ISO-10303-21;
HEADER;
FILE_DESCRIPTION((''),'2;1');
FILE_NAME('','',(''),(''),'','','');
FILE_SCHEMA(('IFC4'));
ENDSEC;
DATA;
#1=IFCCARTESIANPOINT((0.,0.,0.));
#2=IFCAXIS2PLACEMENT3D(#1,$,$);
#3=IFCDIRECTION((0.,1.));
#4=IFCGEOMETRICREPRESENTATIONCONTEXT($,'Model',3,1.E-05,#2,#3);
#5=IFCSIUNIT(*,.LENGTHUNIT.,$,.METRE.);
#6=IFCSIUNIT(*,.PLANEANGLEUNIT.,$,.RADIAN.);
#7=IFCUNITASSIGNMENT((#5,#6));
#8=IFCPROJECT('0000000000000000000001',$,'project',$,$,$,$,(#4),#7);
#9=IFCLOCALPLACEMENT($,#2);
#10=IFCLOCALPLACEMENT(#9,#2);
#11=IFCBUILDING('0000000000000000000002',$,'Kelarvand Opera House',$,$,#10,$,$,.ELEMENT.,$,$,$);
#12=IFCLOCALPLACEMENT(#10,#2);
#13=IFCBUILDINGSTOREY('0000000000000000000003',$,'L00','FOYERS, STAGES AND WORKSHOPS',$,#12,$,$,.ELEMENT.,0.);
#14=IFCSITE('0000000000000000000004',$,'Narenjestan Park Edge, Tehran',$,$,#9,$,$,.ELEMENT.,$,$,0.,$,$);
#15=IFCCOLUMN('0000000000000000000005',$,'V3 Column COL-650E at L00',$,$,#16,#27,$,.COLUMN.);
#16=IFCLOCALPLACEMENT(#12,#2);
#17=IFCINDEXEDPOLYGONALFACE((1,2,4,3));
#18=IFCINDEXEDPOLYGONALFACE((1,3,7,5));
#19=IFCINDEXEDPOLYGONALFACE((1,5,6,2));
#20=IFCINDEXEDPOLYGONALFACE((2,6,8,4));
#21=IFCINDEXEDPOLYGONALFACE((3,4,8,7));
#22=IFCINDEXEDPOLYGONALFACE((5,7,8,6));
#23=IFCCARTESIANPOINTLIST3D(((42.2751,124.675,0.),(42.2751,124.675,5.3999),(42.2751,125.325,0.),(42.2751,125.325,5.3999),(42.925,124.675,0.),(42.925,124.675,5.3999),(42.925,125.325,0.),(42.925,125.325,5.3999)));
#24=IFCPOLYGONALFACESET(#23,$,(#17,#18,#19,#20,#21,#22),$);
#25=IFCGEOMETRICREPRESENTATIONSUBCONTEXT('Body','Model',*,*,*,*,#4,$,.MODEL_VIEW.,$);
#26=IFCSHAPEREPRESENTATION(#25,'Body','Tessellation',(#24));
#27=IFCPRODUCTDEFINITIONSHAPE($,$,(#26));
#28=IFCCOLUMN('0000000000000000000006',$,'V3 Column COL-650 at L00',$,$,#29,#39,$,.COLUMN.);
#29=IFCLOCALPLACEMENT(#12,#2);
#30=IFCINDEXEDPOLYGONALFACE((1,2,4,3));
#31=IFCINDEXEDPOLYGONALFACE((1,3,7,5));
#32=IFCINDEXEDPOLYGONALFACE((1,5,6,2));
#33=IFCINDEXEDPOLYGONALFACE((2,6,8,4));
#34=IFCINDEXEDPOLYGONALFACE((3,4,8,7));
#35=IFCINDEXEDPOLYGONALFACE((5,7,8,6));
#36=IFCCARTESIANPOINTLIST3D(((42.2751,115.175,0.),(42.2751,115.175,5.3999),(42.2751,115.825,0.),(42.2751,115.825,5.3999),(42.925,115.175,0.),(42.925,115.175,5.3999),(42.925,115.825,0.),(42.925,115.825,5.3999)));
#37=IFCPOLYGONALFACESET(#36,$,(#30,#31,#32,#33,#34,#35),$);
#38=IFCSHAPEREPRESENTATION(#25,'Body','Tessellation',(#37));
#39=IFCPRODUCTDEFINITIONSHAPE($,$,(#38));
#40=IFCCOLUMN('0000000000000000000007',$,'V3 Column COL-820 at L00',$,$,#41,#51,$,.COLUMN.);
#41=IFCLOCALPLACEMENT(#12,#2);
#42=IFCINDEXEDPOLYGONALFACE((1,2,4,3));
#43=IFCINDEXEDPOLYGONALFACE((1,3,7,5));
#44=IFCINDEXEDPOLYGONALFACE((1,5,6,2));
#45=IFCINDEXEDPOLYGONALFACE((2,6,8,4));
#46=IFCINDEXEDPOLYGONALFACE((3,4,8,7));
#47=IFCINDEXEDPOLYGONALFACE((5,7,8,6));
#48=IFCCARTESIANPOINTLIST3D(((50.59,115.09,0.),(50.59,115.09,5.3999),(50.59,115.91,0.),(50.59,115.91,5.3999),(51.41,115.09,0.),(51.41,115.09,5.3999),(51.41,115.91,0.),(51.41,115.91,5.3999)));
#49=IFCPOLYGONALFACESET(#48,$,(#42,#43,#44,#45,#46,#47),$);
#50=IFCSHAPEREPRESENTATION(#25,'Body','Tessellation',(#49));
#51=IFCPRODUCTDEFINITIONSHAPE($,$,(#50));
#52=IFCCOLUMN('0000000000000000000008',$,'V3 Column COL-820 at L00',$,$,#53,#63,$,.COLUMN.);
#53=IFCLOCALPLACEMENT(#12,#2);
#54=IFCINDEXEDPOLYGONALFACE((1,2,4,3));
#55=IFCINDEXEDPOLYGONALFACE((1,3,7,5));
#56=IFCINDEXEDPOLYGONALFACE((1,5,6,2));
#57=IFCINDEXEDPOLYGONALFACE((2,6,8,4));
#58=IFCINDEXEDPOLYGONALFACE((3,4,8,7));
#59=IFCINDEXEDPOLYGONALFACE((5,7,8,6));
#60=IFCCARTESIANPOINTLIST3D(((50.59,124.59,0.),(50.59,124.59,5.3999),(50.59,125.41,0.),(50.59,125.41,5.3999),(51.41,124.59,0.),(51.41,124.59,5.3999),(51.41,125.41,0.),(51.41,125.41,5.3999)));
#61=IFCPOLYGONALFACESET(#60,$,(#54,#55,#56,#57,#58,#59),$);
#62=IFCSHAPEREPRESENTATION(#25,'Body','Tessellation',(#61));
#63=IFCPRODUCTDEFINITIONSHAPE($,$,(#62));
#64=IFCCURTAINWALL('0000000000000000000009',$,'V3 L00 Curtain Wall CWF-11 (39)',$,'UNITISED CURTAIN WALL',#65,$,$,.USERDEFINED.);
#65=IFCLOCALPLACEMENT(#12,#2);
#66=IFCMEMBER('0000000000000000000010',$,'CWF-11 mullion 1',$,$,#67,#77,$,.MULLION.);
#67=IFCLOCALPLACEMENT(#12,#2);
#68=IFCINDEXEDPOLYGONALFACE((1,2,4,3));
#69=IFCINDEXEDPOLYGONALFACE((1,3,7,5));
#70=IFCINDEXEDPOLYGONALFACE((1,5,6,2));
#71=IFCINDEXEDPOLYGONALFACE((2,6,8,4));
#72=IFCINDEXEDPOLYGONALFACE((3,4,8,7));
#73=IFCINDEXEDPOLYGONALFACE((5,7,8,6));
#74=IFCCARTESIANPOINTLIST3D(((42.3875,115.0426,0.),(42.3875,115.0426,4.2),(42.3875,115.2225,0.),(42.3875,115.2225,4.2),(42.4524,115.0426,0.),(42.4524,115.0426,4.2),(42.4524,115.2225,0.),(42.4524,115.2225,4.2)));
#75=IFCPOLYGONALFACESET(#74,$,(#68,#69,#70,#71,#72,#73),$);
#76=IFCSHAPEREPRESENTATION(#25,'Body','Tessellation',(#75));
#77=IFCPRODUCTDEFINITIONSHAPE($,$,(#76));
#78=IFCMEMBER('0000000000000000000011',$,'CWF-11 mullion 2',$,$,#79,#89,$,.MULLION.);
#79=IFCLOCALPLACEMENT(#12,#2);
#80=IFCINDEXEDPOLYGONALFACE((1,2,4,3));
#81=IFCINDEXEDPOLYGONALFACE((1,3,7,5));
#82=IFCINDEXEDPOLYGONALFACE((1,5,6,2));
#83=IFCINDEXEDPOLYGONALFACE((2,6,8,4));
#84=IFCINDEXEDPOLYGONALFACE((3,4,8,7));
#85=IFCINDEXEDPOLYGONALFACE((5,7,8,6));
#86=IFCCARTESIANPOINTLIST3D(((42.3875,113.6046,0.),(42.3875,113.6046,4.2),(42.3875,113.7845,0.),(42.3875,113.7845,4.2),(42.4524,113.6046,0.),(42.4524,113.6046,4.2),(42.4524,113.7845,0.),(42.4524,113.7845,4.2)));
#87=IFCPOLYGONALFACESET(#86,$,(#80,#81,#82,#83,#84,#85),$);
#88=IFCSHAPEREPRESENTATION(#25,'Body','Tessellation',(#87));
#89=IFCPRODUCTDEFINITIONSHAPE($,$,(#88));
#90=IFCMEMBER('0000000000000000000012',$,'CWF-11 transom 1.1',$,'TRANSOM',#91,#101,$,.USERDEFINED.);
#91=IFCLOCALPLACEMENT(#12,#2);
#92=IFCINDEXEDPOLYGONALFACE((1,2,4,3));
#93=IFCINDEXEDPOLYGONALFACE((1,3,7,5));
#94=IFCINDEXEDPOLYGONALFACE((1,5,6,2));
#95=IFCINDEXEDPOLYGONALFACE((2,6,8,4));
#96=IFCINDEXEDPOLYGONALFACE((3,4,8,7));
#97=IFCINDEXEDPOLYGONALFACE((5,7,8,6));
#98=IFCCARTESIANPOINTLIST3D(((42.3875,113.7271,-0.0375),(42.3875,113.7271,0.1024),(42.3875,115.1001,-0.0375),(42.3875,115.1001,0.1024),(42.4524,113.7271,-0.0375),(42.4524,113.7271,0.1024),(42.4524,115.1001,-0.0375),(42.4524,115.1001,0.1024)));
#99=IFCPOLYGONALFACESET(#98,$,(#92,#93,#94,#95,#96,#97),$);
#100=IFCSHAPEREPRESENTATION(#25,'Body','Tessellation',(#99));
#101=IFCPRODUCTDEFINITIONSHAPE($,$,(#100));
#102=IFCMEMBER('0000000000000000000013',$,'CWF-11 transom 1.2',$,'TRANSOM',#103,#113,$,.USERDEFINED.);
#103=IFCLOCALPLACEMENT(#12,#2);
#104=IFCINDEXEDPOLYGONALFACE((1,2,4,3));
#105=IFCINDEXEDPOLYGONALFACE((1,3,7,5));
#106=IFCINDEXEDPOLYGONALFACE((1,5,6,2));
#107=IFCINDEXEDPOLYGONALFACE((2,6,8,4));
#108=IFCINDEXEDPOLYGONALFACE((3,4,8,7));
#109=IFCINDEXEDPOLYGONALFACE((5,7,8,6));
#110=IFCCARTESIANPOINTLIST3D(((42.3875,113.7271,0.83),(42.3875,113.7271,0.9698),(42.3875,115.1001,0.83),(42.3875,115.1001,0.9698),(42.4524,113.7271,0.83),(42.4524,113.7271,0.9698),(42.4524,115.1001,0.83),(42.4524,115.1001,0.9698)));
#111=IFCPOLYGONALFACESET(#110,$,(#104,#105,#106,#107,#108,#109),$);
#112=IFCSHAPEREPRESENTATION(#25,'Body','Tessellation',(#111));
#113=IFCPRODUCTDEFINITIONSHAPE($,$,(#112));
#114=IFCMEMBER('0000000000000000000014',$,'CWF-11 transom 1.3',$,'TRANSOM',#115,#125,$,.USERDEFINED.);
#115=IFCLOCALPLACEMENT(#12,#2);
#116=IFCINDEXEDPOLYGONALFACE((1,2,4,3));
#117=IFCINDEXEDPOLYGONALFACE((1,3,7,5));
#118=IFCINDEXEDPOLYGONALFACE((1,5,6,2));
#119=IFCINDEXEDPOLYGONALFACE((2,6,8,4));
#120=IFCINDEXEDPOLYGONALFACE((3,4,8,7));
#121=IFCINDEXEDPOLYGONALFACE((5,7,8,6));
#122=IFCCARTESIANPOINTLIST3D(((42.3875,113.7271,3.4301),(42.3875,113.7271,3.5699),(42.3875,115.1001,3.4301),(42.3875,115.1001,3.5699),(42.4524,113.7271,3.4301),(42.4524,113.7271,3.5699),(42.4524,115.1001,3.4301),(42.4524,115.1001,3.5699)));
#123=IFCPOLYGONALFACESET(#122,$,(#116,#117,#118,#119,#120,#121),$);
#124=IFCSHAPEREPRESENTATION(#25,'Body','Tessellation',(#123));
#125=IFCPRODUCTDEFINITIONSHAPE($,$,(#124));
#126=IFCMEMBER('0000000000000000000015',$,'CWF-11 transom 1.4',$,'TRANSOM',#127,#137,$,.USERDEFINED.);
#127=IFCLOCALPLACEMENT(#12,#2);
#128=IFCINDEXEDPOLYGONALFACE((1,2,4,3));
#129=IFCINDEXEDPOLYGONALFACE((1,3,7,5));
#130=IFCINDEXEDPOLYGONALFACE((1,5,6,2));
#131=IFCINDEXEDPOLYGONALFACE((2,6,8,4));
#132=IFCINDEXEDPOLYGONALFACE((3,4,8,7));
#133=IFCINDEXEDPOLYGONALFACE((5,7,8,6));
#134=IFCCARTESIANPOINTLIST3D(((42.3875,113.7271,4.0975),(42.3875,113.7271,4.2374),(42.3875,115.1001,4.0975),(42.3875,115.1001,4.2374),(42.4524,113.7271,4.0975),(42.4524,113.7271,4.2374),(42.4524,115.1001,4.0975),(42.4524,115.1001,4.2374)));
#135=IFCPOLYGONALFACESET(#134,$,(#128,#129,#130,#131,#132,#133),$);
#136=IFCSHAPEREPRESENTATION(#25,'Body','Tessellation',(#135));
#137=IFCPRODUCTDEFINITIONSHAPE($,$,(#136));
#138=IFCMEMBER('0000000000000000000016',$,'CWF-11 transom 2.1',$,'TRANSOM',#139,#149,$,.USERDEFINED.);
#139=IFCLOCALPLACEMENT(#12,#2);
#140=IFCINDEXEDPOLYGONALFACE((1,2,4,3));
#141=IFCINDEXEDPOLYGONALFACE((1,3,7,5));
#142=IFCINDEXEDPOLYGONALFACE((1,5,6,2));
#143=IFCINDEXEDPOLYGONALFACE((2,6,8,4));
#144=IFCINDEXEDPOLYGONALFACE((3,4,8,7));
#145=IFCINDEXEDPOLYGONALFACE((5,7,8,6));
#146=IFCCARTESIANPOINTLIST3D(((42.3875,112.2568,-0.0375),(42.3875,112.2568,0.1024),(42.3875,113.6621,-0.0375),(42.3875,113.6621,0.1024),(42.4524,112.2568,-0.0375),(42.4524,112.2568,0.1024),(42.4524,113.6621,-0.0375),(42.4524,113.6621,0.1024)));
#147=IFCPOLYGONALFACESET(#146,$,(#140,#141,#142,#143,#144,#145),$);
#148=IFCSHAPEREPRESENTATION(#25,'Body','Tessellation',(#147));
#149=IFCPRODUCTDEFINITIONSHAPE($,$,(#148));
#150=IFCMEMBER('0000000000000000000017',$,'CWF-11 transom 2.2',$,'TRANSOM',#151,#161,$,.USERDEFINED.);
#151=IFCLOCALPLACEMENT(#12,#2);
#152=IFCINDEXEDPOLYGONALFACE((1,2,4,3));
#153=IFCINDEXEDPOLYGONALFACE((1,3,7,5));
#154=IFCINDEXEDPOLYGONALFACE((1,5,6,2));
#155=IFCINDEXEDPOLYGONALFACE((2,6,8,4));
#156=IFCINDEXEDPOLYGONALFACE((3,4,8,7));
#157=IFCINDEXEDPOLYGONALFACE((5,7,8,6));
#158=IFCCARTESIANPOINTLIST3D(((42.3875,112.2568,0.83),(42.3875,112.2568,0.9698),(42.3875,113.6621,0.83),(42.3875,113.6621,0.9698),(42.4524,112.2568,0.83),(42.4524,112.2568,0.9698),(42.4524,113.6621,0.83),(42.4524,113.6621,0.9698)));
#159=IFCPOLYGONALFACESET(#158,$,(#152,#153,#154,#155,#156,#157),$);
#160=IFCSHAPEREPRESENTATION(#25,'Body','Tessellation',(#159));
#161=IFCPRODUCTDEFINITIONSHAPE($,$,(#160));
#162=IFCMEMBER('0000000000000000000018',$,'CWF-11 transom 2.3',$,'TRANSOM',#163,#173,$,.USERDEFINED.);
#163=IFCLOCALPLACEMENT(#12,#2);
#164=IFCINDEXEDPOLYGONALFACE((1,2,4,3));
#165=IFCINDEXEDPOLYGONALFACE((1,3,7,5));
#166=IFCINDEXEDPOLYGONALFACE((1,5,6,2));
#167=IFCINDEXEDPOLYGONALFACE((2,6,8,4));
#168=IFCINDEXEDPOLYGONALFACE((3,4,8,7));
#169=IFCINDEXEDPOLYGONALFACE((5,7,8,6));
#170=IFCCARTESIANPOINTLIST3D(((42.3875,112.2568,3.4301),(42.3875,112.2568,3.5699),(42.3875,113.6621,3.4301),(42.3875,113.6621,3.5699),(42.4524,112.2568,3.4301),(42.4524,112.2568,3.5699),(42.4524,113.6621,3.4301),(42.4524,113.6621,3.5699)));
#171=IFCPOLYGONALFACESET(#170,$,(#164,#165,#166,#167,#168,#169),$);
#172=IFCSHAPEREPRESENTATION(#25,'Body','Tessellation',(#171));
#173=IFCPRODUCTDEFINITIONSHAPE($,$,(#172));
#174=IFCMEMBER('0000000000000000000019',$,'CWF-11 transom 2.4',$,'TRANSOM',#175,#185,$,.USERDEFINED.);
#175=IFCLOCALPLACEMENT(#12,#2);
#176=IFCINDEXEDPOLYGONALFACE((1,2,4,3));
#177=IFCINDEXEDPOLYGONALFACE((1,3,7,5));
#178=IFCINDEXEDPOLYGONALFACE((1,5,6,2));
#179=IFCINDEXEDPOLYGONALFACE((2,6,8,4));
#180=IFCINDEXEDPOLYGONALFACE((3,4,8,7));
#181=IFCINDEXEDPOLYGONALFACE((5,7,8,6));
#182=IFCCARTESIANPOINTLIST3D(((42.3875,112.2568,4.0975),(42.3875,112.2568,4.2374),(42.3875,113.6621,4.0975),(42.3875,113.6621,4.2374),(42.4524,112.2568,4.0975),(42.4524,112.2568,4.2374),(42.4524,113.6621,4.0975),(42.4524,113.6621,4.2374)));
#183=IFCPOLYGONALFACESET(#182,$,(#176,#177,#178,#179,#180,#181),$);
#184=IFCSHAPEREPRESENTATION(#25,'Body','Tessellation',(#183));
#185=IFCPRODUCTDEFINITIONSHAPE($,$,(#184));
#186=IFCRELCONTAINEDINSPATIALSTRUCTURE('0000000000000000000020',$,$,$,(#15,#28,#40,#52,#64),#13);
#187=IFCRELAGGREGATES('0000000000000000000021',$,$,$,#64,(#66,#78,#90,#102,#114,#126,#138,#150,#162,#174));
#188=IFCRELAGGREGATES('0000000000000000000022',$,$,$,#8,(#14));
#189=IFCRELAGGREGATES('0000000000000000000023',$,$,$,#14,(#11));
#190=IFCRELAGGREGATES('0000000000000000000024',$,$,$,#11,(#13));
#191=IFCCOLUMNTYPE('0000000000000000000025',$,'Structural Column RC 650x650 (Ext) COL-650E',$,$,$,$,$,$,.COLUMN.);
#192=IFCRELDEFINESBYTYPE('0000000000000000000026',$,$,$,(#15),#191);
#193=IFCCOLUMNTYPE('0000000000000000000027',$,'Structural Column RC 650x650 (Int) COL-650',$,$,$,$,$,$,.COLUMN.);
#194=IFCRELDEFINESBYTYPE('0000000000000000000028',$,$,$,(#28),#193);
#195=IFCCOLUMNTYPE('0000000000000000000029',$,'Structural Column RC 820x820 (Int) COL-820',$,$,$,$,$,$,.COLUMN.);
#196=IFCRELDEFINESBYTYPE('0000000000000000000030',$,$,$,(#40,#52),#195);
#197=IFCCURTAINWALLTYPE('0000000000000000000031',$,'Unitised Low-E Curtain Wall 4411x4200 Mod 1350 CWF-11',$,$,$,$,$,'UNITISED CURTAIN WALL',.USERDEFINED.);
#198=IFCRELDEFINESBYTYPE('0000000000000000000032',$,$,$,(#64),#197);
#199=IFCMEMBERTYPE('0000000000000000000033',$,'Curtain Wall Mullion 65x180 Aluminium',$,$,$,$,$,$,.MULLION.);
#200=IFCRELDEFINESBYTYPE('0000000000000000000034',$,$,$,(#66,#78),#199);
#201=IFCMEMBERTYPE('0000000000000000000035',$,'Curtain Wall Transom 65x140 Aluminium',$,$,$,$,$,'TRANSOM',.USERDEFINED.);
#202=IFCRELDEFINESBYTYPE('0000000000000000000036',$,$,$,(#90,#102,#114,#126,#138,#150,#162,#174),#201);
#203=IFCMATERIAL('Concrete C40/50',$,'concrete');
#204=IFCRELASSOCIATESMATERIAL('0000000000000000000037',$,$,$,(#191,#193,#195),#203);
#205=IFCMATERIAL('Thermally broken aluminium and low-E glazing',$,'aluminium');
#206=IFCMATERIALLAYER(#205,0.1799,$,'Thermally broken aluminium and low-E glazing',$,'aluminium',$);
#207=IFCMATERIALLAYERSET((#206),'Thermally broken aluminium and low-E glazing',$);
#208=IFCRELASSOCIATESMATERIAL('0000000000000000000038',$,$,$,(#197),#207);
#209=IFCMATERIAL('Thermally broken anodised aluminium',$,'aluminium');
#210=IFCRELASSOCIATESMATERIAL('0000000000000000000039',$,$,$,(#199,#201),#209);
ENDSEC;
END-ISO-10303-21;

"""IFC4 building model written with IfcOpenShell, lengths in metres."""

from ifc_helpers import new_model, si_unit, direction, frame, origin, origin_2d, place, context, subcontext, project, spatial, rectangle, extrude, material, layer, layer_set, material_profile, profile_set, type_object, element, aggregate, save


model = new_model("IFC4")

# Units and contexts
model_context = context("Model", 3, precision=1e-05, world=origin(), true_north=direction((0.0, 1.0)))
body_context = subcontext(model_context, "Body", "Model", "MODEL_VIEW")
ifc_project = project(units=[si_unit("LENGTHUNIT", "METRE"), si_unit("PLANEANGLEUNIT", "RADIAN")], contexts=[model_context])

# Site, building, storey
site_placement = place(None, origin())
site = spatial("IfcSite", under=ifc_project, at=site_placement, Name="Narenjestan Park Edge, Tehran", CompositionType="ELEMENT", RefElevation=0.0)
building_placement = place(site_placement, origin())
building = spatial("IfcBuilding", under=site, at=building_placement, Name="Kelarvand Opera House", CompositionType="ELEMENT")
storey_placement = place(building_placement, origin())
storey = spatial("IfcBuildingStorey", under=building, at=storey_placement, Name="L00", Description="FOYERS, STAGES AND WORKSHOPS", CompositionType="ELEMENT", Elevation=0.0)

# Columns
ifc_material_1 = material(Name="Concrete C40/50", Category="concrete")
ifc_material_profile_1 = material_profile(ifc_material_1, rectangle(XDim=0.6499, YDim=0.6499, at=origin_2d()), Name="RC 650x650", Category="concrete")
ifc_profile_set_1 = profile_set([ifc_material_profile_1], Name="Concrete C40/50")
column_type_1 = type_object("IfcColumnType", Name="Structural Column RC 650x650 (Ext) COL-650E", PredefinedType="COLUMN", material=ifc_profile_set_1)
column_1_placement = place(storey_placement, frame((42.6001, 125.0, 0.0), z_axis=(0.0, 0.0, 1.0), x_axis=(1.0, 0.0, 0.0)))
element("IfcColumn", 1, at=column_1_placement, inside=storey, type_object=column_type_1, Name="V3 Column COL-650E at L00", PredefinedType="COLUMN", context=body_context, shape_type="SweptSolid", body=[
    extrude(rectangle(XDim=0.6499, YDim=0.6499, at=origin_2d()), origin(), (0.0, 0.0, 1.0), 5.3999),
])
ifc_material_profile_2 = material_profile(ifc_material_1, rectangle(XDim=0.6499, YDim=0.6499, at=origin_2d()), Name="RC 650x650", Category="concrete")
ifc_profile_set_2 = profile_set([ifc_material_profile_2], Name="Concrete C40/50")
column_type_2 = type_object("IfcColumnType", Name="Structural Column RC 650x650 (Int) COL-650", PredefinedType="COLUMN", material=ifc_profile_set_2)
column_2_placement = place(storey_placement, frame((42.6001, 115.5, 0.0), z_axis=(0.0, 0.0, 1.0), x_axis=(1.0, 0.0, 0.0)))
element("IfcColumn", 2, at=column_2_placement, inside=storey, type_object=column_type_2, Name="V3 Column COL-650 at L00", PredefinedType="COLUMN", context=body_context, shape_type="SweptSolid", body=[
    extrude(rectangle(XDim=0.6499, YDim=0.6499, at=origin_2d()), origin(), (0.0, 0.0, 1.0), 5.3999),
])
ifc_material_profile_3 = material_profile(ifc_material_1, rectangle(XDim=0.8201, YDim=0.8201, at=origin_2d()), Name="RC 820x820", Category="concrete")
ifc_profile_set_3 = profile_set([ifc_material_profile_3], Name="Concrete C40/50")
column_type_3 = type_object("IfcColumnType", Name="Structural Column RC 820x820 (Int) COL-820", PredefinedType="COLUMN", material=ifc_profile_set_3)
for number, where, z_axis, x_axis, name in (
    (3, (51.0, 115.5, 0.0), (0.0, 0.0, 1.0), (1.0, 0.0, 0.0), "V3 Column COL-820 at L00"),
    (4, (51.0, 125.0, 0.0), (0.0, 0.0, 1.0), (1.0, 0.0, 0.0), "V3 Column COL-820 at L00"),
):
    element("IfcColumn", number, at=place(storey_placement, frame(where, z_axis=z_axis, x_axis=x_axis)), inside=storey, type_object=column_type_3, Name=name, PredefinedType="COLUMN", context=body_context, shape_type="SweptSolid", body=[
        extrude(rectangle(XDim=0.8201, YDim=0.8201, at=origin_2d()), origin(), (0.0, 0.0, 1.0), 5.3999),
    ])

# Curtain wall, members
ifc_material_2 = material(Name="Thermally broken aluminium and low-E glazing", Category="aluminium")
ifc_layer_1 = layer(ifc_material_2, 0.1799, Name="Thermally broken aluminium and low-E glazing", Category="aluminium")
ifc_layer_set_1 = layer_set([ifc_layer_1], Name="Thermally broken aluminium and low-E glazing")
curtain_wall_type = type_object("IfcCurtainWallType", Name="Unitised Low-E Curtain Wall 4411x4200 Mod 1350 CWF-11", ElementType="UNITISED CURTAIN WALL", PredefinedType="USERDEFINED", material=ifc_layer_set_1)
curtain_wall_placement = place(storey_placement, origin())
curtain_wall = element("IfcCurtainWall", 5, at=curtain_wall_placement, inside=storey, type_object=curtain_wall_type, Name="V3 L00 Curtain Wall CWF-11 (39)", ObjectType="UNITISED CURTAIN WALL", PredefinedType="USERDEFINED")
ifc_material_3 = material(Name="Thermally broken anodised aluminium", Category="aluminium")
ifc_material_profile_4 = material_profile(ifc_material_3, rectangle(XDim=0.0649, YDim=0.1799, at=origin_2d()), Name="ALU MULLION 65x180", Category="aluminium")
ifc_profile_set_4 = profile_set([ifc_material_profile_4], Name="Thermally broken anodised aluminium")
member_type_1 = type_object("IfcMemberType", Name="Curtain Wall Mullion 65x180 Aluminium", PredefinedType="MULLION", material=ifc_profile_set_4)
member_1_placement = place(storey_placement, frame((42.4199, 115.1326, 0.0), z_axis=(0.0, 0.0, 1.0), x_axis=(1.0, 0.0, 0.0)))
member_1 = element("IfcMember", 6, at=member_1_placement, type_object=member_type_1, Name="CWF-11 mullion 1", PredefinedType="MULLION", context=body_context, shape_type="SweptSolid", body=[
    extrude(rectangle(XDim=0.0649, YDim=0.1799, at=origin_2d()), origin(), (0.0, 0.0, 1.0), 4.2),
])
member_2_placement = place(storey_placement, frame((42.4199, 113.6946, 0.0), z_axis=(0.0, 0.0, 1.0), x_axis=(1.0, 0.0, 0.0)))
member_2 = element("IfcMember", 7, at=member_2_placement, type_object=member_type_1, Name="CWF-11 mullion 2", PredefinedType="MULLION", context=body_context, shape_type="SweptSolid", body=[
    extrude(rectangle(XDim=0.0649, YDim=0.1799, at=origin_2d()), origin(), (0.0, 0.0, 1.0), 4.2),
])
ifc_material_profile_5 = material_profile(ifc_material_3, rectangle(XDim=0.0649, YDim=0.1399, at=origin_2d()), Name="ALU TRANSOM 65x140", Category="aluminium")
ifc_profile_set_5 = profile_set([ifc_material_profile_5], Name="Thermally broken anodised aluminium")
member_type_2 = type_object("IfcMemberType", Name="Curtain Wall Transom 65x140 Aluminium", ElementType="TRANSOM", PredefinedType="USERDEFINED", material=ifc_profile_set_5)
member_3_placement = place(storey_placement, frame((42.4199, 115.1001, 0.0325), z_axis=(0.0, -1.0, 0.0), x_axis=(1.0, 0.0, 0.0)))
member_3 = element("IfcMember", 8, at=member_3_placement, type_object=member_type_2, Name="CWF-11 transom 1.1", ObjectType="TRANSOM", PredefinedType="USERDEFINED", context=body_context, shape_type="SweptSolid", body=[
    extrude(rectangle(XDim=0.0649, YDim=0.1399, at=origin_2d()), origin(), (0.0, 0.0, 1.0), 1.373),
])
member_4_placement = place(storey_placement, frame((42.4199, 115.1001, 0.8999), z_axis=(0.0, -1.0, 0.0), x_axis=(1.0, 0.0, 0.0)))
member_4 = element("IfcMember", 9, at=member_4_placement, type_object=member_type_2, Name="CWF-11 transom 1.2", ObjectType="TRANSOM", PredefinedType="USERDEFINED", context=body_context, shape_type="SweptSolid", body=[
    extrude(rectangle(XDim=0.0649, YDim=0.1399, at=origin_2d()), origin(), (0.0, 0.0, 1.0), 1.373),
])
member_5_placement = place(storey_placement, frame((42.4199, 115.1001, 3.5), z_axis=(0.0, -1.0, 0.0), x_axis=(1.0, 0.0, 0.0)))
member_5 = element("IfcMember", 10, at=member_5_placement, type_object=member_type_2, Name="CWF-11 transom 1.3", ObjectType="TRANSOM", PredefinedType="USERDEFINED", context=body_context, shape_type="SweptSolid", body=[
    extrude(rectangle(XDim=0.0649, YDim=0.1399, at=origin_2d()), origin(), (0.0, 0.0, 1.0), 1.373),
])
member_6_placement = place(storey_placement, frame((42.4199, 115.1001, 4.1675), z_axis=(0.0, -1.0, 0.0), x_axis=(1.0, 0.0, 0.0)))
member_6 = element("IfcMember", 11, at=member_6_placement, type_object=member_type_2, Name="CWF-11 transom 1.4", ObjectType="TRANSOM", PredefinedType="USERDEFINED", context=body_context, shape_type="SweptSolid", body=[
    extrude(rectangle(XDim=0.0649, YDim=0.1399, at=origin_2d()), origin(), (0.0, 0.0, 1.0), 1.373),
])
member_7_placement = place(storey_placement, frame((42.4199, 113.6621, 0.0325), z_axis=(0.0, -1.0, 0.0), x_axis=(1.0, 0.0, 0.0)))
member_7 = element("IfcMember", 12, at=member_7_placement, type_object=member_type_2, Name="CWF-11 transom 2.1", ObjectType="TRANSOM", PredefinedType="USERDEFINED", context=body_context, shape_type="SweptSolid", body=[
    extrude(rectangle(XDim=0.0649, YDim=0.1399, at=origin_2d()), origin(), (0.0, 0.0, 1.0), 1.4053),
])
member_8_placement = place(storey_placement, frame((42.4199, 113.6621, 0.8999), z_axis=(0.0, -1.0, 0.0), x_axis=(1.0, 0.0, 0.0)))
member_8 = element("IfcMember", 13, at=member_8_placement, type_object=member_type_2, Name="CWF-11 transom 2.2", ObjectType="TRANSOM", PredefinedType="USERDEFINED", context=body_context, shape_type="SweptSolid", body=[
    extrude(rectangle(XDim=0.0649, YDim=0.1399, at=origin_2d()), origin(), (0.0, 0.0, 1.0), 1.4053),
])
member_9_placement = place(storey_placement, frame((42.4199, 113.6621, 3.5), z_axis=(0.0, -1.0, 0.0), x_axis=(1.0, 0.0, 0.0)))
member_9 = element("IfcMember", 14, at=member_9_placement, type_object=member_type_2, Name="CWF-11 transom 2.3", ObjectType="TRANSOM", PredefinedType="USERDEFINED", context=body_context, shape_type="SweptSolid", body=[
    extrude(rectangle(XDim=0.0649, YDim=0.1399, at=origin_2d()), origin(), (0.0, 0.0, 1.0), 1.4053),
])
member_10_placement = place(storey_placement, frame((42.4199, 113.6621, 4.1675), z_axis=(0.0, -1.0, 0.0), x_axis=(1.0, 0.0, 0.0)))
member_10 = element("IfcMember", 15, at=member_10_placement, type_object=member_type_2, Name="CWF-11 transom 2.4", ObjectType="TRANSOM", PredefinedType="USERDEFINED", context=body_context, shape_type="SweptSolid", body=[
    extrude(rectangle(XDim=0.0649, YDim=0.1399, at=origin_2d()), origin(), (0.0, 0.0, 1.0), 1.4053),
])

aggregate(curtain_wall, [member_1, member_2, member_3, member_4, member_5, member_6, member_7, member_8, member_9, member_10])

save(model, "model.ifc")
